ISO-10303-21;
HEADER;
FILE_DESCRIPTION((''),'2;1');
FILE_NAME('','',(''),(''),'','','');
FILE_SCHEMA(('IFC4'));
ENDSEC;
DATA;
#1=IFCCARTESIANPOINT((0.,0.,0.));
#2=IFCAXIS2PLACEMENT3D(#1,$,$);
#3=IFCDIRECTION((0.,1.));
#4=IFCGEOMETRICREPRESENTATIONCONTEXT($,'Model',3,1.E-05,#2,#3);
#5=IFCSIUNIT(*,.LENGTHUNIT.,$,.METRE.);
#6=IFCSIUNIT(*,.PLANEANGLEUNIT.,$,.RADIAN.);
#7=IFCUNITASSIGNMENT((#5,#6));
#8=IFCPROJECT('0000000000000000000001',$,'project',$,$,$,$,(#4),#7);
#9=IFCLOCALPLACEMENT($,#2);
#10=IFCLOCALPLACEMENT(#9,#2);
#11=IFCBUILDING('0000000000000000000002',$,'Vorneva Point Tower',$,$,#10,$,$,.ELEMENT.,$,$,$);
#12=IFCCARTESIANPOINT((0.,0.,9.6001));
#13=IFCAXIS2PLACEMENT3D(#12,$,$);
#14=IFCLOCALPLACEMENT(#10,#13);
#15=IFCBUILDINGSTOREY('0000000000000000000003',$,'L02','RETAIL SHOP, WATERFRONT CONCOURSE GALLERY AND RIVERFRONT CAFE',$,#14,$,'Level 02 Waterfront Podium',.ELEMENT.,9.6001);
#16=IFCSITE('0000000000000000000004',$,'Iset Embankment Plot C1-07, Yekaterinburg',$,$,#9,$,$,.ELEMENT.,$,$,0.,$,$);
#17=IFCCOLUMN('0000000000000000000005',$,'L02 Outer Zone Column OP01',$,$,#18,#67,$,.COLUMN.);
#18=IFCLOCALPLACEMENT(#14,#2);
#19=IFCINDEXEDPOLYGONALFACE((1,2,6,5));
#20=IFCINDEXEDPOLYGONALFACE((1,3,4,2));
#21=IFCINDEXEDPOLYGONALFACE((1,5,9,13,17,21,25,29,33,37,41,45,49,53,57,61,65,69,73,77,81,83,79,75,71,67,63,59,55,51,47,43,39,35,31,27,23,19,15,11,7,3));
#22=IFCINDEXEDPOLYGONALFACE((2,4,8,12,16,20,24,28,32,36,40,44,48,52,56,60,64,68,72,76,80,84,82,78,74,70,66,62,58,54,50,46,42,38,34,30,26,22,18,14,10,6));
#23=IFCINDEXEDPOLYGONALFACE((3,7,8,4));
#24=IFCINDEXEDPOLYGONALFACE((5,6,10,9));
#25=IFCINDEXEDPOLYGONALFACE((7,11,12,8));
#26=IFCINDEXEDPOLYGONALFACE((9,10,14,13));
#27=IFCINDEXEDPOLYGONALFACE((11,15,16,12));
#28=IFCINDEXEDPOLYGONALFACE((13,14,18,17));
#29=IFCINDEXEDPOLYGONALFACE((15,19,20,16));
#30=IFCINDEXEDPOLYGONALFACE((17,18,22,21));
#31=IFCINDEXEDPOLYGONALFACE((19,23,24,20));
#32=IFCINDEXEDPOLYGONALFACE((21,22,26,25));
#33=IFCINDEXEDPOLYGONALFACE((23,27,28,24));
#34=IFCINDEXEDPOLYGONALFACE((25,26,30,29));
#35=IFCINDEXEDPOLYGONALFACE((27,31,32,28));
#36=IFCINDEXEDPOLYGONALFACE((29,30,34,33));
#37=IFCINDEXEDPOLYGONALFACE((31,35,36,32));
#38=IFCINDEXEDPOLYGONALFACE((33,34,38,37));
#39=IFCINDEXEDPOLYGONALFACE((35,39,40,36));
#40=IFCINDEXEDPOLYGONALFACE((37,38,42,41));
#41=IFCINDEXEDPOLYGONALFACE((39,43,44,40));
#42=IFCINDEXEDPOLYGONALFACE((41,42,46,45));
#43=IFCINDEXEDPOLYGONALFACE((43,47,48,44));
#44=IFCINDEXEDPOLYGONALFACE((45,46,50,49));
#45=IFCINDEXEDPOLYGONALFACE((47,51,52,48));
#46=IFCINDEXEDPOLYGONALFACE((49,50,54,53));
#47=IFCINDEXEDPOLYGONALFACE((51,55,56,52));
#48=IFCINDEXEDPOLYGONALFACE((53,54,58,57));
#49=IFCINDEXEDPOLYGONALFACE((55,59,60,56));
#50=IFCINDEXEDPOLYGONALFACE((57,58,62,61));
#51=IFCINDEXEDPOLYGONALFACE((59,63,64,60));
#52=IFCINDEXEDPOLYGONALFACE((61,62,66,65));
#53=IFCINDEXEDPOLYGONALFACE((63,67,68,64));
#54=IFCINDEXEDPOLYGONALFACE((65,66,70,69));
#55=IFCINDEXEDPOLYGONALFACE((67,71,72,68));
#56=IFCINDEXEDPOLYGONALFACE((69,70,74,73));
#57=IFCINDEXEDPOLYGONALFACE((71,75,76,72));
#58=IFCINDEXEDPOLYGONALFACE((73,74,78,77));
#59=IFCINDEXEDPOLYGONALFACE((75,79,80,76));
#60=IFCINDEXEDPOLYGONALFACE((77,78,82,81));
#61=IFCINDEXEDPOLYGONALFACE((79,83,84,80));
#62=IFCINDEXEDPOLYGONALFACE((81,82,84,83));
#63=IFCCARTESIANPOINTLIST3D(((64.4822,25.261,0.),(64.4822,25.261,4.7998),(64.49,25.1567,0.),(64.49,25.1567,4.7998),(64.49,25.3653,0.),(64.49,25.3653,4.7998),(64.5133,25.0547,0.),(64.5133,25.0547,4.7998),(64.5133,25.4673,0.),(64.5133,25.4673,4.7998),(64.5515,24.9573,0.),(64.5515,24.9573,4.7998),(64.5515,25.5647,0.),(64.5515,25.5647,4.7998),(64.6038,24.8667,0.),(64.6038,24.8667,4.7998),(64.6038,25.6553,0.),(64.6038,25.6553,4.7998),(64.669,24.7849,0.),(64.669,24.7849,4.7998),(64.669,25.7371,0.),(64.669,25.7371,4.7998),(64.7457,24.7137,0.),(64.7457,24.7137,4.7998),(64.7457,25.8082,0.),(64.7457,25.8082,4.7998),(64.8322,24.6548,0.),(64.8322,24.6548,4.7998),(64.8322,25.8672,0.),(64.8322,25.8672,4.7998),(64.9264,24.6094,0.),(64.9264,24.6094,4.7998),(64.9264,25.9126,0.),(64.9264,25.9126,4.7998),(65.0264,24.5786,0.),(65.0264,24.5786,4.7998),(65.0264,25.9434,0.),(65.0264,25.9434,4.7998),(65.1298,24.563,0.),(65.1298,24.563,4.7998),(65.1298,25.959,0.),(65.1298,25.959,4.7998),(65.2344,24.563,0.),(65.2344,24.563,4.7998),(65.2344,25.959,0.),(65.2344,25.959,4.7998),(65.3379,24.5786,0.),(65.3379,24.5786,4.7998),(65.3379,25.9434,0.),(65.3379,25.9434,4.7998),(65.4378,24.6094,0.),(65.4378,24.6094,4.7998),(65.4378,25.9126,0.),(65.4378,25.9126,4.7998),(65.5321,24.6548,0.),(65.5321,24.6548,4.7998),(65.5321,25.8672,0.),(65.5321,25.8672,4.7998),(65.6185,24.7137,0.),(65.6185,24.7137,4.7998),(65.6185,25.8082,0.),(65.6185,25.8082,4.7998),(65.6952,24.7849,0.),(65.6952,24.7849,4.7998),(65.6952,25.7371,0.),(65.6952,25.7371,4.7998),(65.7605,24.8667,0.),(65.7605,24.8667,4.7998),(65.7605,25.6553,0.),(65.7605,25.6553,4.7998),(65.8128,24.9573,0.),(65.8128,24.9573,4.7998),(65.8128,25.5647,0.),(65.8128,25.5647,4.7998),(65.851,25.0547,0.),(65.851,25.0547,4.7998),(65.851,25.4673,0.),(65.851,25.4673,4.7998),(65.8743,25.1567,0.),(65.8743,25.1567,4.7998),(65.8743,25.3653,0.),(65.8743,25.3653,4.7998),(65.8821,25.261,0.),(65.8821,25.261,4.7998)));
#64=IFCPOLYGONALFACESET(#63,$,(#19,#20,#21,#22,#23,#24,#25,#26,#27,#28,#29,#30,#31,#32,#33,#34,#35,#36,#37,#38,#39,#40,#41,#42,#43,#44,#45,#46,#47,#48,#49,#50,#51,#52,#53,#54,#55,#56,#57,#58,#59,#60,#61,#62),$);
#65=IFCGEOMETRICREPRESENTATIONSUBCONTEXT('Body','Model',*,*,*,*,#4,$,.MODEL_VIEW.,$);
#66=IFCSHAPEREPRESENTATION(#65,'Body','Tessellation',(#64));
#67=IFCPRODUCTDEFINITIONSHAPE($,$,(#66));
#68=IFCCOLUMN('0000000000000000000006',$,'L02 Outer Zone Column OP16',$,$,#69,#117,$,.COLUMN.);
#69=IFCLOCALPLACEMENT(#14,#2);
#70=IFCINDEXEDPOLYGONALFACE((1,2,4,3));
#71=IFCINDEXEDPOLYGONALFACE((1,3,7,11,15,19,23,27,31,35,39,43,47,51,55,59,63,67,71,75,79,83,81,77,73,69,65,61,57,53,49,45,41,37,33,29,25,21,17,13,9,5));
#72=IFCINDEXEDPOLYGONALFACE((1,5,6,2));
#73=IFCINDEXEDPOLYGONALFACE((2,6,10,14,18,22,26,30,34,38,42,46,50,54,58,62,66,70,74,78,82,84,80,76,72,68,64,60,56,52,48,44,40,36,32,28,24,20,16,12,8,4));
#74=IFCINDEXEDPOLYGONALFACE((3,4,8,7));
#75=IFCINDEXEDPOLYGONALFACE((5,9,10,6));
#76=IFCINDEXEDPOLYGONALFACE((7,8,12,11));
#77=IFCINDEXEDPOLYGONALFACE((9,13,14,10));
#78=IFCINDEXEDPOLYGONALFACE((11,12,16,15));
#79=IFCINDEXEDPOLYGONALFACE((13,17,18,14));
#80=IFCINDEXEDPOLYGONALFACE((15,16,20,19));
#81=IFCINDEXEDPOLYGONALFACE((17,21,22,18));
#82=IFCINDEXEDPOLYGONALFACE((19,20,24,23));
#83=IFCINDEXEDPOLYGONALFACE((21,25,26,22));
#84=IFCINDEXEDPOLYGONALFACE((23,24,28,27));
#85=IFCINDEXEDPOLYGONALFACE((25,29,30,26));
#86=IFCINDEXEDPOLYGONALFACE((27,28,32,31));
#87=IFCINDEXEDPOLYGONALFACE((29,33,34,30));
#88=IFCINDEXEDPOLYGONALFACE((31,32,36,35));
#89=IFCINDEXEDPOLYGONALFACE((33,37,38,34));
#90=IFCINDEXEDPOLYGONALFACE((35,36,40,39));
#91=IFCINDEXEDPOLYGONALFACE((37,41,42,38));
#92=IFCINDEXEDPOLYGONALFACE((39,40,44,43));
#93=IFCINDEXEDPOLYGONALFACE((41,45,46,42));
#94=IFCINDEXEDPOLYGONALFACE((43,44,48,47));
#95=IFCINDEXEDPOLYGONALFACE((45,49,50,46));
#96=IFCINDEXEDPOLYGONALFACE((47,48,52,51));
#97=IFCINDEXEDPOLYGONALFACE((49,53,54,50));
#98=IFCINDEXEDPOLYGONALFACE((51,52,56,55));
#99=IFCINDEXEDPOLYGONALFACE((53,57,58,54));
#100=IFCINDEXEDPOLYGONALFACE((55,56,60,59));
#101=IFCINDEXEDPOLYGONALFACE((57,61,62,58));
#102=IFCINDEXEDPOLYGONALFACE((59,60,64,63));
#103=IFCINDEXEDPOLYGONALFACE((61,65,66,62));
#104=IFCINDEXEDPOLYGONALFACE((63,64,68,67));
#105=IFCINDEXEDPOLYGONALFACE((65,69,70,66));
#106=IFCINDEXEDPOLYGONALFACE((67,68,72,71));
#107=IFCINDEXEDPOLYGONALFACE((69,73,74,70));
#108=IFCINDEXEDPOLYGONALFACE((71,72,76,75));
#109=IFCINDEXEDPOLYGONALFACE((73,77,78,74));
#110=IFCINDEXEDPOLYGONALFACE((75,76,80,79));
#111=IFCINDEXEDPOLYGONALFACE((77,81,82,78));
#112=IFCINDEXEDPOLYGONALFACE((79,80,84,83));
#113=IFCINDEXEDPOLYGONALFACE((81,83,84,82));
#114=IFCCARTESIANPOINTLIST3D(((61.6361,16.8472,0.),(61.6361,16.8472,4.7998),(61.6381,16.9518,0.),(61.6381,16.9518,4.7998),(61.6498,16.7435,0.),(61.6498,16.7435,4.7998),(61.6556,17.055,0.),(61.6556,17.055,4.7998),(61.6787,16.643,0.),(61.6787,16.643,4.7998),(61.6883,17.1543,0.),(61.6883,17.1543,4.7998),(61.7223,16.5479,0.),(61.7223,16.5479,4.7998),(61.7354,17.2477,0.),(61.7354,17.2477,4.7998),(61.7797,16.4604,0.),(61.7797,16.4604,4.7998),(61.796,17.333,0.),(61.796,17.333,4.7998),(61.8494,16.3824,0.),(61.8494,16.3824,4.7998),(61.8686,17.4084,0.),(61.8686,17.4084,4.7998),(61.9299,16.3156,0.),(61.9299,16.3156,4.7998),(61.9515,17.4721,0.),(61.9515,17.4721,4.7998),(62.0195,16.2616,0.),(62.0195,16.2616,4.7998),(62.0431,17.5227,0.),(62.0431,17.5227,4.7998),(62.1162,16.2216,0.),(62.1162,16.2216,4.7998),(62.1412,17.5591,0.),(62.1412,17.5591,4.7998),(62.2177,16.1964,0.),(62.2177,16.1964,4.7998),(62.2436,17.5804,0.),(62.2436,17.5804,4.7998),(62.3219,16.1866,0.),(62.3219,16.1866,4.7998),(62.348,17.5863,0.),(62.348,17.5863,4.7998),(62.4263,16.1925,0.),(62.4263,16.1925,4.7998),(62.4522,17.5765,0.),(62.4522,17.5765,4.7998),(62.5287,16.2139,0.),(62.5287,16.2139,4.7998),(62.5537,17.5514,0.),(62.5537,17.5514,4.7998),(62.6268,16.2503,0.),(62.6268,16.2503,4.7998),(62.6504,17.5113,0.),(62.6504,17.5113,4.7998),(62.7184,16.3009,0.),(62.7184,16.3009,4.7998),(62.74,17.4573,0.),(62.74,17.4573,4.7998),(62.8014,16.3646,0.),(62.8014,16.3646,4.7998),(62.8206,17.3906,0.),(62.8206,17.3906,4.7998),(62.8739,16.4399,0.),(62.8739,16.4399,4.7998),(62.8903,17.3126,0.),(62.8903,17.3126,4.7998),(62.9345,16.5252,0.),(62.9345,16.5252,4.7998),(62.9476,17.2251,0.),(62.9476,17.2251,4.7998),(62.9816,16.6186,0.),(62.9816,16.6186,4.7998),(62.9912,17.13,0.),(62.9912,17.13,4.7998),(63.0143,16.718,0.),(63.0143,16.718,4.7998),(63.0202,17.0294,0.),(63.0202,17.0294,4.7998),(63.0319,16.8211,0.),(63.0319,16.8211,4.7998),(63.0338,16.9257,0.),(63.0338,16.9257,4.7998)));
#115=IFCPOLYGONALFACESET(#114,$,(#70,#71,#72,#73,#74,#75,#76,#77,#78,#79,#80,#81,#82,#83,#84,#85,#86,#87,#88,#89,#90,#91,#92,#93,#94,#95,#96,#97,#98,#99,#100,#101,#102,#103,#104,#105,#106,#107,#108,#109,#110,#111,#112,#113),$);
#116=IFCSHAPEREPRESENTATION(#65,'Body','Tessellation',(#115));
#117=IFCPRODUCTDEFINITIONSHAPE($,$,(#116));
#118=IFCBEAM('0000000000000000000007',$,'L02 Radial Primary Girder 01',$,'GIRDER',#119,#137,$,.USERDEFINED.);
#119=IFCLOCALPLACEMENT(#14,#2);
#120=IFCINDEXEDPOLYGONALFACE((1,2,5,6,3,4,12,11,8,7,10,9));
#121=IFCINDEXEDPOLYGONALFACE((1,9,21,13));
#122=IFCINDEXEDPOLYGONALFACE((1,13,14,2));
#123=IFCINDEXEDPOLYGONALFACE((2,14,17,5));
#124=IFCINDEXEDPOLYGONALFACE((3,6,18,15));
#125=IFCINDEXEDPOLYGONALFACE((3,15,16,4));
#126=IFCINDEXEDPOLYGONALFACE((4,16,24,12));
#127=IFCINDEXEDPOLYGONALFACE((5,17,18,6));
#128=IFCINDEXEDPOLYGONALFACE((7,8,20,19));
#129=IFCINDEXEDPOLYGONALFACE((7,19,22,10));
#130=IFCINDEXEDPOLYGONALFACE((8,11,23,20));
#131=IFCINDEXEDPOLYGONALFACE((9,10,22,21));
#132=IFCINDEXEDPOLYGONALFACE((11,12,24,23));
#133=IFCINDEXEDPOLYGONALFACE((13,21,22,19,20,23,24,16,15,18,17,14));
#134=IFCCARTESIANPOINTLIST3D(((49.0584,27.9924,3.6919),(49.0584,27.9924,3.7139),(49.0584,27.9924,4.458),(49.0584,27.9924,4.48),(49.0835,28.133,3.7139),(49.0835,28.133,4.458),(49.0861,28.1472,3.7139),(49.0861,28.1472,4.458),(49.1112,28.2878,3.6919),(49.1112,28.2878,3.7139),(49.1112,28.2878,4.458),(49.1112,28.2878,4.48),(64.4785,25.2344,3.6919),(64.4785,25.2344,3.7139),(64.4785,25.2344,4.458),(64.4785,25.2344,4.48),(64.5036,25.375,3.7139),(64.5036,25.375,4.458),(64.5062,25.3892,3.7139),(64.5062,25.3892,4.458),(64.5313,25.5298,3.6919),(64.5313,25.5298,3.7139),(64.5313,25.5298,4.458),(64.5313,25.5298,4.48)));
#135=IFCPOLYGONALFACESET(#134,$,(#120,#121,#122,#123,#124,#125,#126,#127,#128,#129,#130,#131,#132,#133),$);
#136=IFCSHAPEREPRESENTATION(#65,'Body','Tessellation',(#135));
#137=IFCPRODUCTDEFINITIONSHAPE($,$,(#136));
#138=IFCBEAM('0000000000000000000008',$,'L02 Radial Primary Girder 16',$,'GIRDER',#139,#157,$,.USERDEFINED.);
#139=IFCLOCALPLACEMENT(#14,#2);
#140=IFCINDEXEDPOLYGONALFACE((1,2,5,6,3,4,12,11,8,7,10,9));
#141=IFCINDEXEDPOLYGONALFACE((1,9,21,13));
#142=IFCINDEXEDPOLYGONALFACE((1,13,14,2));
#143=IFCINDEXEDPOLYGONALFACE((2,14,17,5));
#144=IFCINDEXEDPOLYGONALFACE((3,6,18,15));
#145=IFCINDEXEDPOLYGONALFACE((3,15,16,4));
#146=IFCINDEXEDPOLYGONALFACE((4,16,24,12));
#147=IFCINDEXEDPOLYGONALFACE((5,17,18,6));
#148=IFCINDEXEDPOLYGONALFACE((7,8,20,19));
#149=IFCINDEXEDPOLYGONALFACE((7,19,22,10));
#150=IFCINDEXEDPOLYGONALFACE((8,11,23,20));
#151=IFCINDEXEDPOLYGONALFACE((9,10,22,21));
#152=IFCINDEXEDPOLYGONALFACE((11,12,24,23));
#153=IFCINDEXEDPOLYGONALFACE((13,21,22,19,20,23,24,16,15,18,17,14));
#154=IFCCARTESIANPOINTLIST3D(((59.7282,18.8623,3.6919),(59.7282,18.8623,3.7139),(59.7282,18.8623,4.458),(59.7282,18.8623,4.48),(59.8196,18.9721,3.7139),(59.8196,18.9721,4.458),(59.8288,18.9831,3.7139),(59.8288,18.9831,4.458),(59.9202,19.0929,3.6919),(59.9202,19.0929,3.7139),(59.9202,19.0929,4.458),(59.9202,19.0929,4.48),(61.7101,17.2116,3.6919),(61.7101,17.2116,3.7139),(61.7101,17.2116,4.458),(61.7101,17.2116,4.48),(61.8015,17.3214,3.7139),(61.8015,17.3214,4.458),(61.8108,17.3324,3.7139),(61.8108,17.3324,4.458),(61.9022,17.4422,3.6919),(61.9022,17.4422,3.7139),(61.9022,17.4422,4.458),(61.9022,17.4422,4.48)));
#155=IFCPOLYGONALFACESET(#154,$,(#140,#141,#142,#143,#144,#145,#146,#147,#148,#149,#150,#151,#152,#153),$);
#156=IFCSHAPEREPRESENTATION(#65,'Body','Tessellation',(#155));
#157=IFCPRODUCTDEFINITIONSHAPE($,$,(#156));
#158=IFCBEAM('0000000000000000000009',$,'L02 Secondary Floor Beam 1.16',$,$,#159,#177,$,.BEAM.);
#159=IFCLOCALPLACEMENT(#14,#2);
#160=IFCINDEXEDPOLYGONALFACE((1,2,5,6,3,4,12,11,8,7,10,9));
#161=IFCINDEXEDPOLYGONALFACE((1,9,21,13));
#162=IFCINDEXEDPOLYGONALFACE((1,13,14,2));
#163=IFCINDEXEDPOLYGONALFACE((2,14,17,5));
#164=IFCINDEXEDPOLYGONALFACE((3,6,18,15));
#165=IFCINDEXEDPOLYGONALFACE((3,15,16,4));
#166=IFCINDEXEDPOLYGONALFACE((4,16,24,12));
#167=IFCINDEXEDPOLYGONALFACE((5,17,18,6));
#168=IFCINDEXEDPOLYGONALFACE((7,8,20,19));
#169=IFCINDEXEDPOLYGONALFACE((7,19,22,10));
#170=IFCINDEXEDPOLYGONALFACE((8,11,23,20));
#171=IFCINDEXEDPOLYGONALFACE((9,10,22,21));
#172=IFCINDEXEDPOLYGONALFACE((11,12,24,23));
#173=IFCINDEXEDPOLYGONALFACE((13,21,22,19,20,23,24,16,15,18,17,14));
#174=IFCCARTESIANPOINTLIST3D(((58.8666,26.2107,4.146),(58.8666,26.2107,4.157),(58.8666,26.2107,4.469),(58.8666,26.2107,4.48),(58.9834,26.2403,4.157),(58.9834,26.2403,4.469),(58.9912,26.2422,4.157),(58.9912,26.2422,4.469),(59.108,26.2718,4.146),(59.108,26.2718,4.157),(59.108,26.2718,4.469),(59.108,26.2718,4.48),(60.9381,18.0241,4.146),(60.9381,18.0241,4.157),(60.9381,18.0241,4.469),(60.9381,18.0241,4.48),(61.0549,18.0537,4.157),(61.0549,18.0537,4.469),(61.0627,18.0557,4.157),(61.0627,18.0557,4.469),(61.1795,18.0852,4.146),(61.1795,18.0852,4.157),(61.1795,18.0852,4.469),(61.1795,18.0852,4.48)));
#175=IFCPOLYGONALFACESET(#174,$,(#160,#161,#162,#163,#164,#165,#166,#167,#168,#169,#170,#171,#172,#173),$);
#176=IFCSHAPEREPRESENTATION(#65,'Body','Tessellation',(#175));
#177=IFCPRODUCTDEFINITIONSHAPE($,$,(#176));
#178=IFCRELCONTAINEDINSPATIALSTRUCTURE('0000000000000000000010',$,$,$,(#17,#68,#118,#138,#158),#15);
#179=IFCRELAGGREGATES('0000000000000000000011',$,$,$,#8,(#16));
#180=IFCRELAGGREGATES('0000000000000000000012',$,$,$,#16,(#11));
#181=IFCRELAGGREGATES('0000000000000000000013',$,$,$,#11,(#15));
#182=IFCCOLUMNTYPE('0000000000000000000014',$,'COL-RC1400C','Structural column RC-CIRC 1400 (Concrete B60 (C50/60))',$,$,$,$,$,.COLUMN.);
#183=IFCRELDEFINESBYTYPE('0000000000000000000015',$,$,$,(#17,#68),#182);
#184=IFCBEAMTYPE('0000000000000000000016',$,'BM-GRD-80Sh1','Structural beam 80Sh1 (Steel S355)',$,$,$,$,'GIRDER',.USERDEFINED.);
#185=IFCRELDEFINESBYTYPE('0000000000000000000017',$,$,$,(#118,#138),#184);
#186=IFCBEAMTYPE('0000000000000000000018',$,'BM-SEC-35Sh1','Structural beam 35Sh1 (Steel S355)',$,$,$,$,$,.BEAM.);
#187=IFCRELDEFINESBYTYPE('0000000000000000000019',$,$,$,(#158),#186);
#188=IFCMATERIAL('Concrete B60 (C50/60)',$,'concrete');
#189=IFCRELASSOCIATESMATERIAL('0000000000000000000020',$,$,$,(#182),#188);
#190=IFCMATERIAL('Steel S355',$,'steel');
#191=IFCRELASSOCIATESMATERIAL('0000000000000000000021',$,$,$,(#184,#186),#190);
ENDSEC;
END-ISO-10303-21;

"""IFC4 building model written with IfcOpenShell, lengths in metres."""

from ifc_helpers import new_model, si_unit, direction, frame, origin, origin_2d, place, context, subcontext, project, spatial, circle, i_section, extrude, material, material_profile, profile_set, type_object, element, save


model = new_model("IFC4")

# Units and contexts
model_context = context("Model", 3, precision=1e-05, world=origin(), true_north=direction((0.0, 1.0)))
body_context = subcontext(model_context, "Body", "Model", "MODEL_VIEW")
ifc_project = project(units=[si_unit("LENGTHUNIT", "METRE"), si_unit("PLANEANGLEUNIT", "RADIAN")], contexts=[model_context])

# Site, building, storey
site_placement = place(None, origin())
site = spatial("IfcSite", under=ifc_project, at=site_placement, Name="Iset Embankment Plot C1-07, Yekaterinburg", CompositionType="ELEMENT", RefElevation=0.0)
building_placement = place(site_placement, origin())
building = spatial("IfcBuilding", under=site, at=building_placement, Name="Vorneva Point Tower", CompositionType="ELEMENT")
storey_placement = place(building_placement, frame((0.0, 0.0, 9.6001)))
storey = spatial("IfcBuildingStorey", under=building, at=storey_placement, Name="L02", Description="RETAIL SHOP, WATERFRONT CONCOURSE GALLERY AND RIVERFRONT CAFE", LongName="Level 02 Waterfront Podium", CompositionType="ELEMENT", Elevation=9.6001)

# Columns
ifc_material_1 = material(Name="Concrete B60 (C50/60)", Category="concrete")
ifc_material_profile_1 = material_profile(ifc_material_1, circle(Radius=0.7, at=origin_2d()), Name="RC-CIRC 1400")
ifc_profile_set_1 = profile_set([ifc_material_profile_1], Name="Concrete B60 (C50/60)")
column_type = type_object("IfcColumnType", Name="COL-RC1400C", Description="Structural column RC-CIRC 1400 (Concrete B60 (C50/60))", PredefinedType="COLUMN", material=ifc_profile_set_1)
for number, where, z_axis, x_axis, name in (
    (1, (65.1821, 25.261, 0.0), (0.0, 0.0, 1.0), (1.0, 0.0, 0.0), "L02 Outer Zone Column OP01"),
    (2, (62.335, 16.8865, 0.0), (0.0, 0.0, 1.0), (0.92388, -0.382683, 0.0), "L02 Outer Zone Column OP16"),
):
    element("IfcColumn", number, at=place(storey_placement, frame(where, z_axis=z_axis, x_axis=x_axis)), inside=storey, type_object=column_type, Name=name, PredefinedType="COLUMN", context=body_context, shape_type="SweptSolid", body=[
        extrude(circle(Radius=0.7, at=origin_2d()), origin(), (0.0, 0.0, 1.0), 4.7998),
    ])

# Beams
ifc_material_2 = material(Name="Steel S355", Category="steel")
ifc_material_profile_2 = material_profile(ifc_material_2, i_section(OverallWidth=0.3, OverallDepth=0.7881, WebThickness=0.0144, FlangeThickness=0.022, at=origin_2d()), Name="80Sh1")
ifc_profile_set_2 = profile_set([ifc_material_profile_2], Name="Steel S355")
beam_type_1 = type_object("IfcBeamType", Name="BM-GRD-80Sh1", Description="Structural beam 80Sh1 (Steel S355)", ElementType="GIRDER", PredefinedType="USERDEFINED", material=ifc_profile_set_2)
beam_1_placement = place(storey_placement, frame((64.5049, 25.3821, 4.0859), z_axis=(-0.984378, 0.176066, 0.0), x_axis=(-0.176066, -0.984378, 0.0)))
element("IfcBeam", 3, at=beam_1_placement, inside=storey, type_object=beam_type_1, Name="L02 Radial Primary Girder 01", ObjectType="GIRDER", PredefinedType="USERDEFINED", context=body_context, shape_type="SweptSolid", body=[
    extrude(i_section(OverallWidth=0.3, OverallDepth=0.7881, WebThickness=0.0144, FlangeThickness=0.022, at=origin_2d()), origin(), (0.0, 0.0, 1.0), 15.6648),
])
beam_2_placement = place(storey_placement, frame((61.8062, 17.3269, 4.0859), z_axis=(-0.768407, 0.639961, 0.0), x_axis=(-0.639961, -0.768407, 0.0)))
element("IfcBeam", 4, at=beam_2_placement, inside=storey, type_object=beam_type_1, Name="L02 Radial Primary Girder 16", ObjectType="GIRDER", PredefinedType="USERDEFINED", context=body_context, shape_type="SweptSolid", body=[
    extrude(i_section(OverallWidth=0.3, OverallDepth=0.7881, WebThickness=0.0144, FlangeThickness=0.022, at=origin_2d()), origin(), (0.0, 0.0, 1.0), 2.5793),
])
ifc_material_profile_3 = material_profile(ifc_material_2, i_section(OverallWidth=0.249, OverallDepth=0.334, WebThickness=0.0081, FlangeThickness=0.011, at=origin_2d()), Name="35Sh1")
ifc_profile_set_3 = profile_set([ifc_material_profile_3], Name="Steel S355")
beam_type_2 = type_object("IfcBeamType", Name="BM-SEC-35Sh1", Description="Structural beam 35Sh1 (Steel S355)", PredefinedType="BEAM", material=ifc_profile_set_3)
beam_3_placement = place(storey_placement, frame((61.0588, 18.0547, 4.313), z_axis=(-0.24531, 0.969445, 0.0), x_axis=(-0.969445, -0.24531, 0.0)))
element("IfcBeam", 5, at=beam_3_placement, inside=storey, type_object=beam_type_2, Name="L02 Secondary Floor Beam 1.16", PredefinedType="BEAM", context=body_context, shape_type="SweptSolid", body=[
    extrude(i_section(OverallWidth=0.249, OverallDepth=0.334, WebThickness=0.0081, FlangeThickness=0.011, at=origin_2d()), origin(), (0.0, 0.0, 1.0), 8.4446),
])

save(model, "model.ifc")
